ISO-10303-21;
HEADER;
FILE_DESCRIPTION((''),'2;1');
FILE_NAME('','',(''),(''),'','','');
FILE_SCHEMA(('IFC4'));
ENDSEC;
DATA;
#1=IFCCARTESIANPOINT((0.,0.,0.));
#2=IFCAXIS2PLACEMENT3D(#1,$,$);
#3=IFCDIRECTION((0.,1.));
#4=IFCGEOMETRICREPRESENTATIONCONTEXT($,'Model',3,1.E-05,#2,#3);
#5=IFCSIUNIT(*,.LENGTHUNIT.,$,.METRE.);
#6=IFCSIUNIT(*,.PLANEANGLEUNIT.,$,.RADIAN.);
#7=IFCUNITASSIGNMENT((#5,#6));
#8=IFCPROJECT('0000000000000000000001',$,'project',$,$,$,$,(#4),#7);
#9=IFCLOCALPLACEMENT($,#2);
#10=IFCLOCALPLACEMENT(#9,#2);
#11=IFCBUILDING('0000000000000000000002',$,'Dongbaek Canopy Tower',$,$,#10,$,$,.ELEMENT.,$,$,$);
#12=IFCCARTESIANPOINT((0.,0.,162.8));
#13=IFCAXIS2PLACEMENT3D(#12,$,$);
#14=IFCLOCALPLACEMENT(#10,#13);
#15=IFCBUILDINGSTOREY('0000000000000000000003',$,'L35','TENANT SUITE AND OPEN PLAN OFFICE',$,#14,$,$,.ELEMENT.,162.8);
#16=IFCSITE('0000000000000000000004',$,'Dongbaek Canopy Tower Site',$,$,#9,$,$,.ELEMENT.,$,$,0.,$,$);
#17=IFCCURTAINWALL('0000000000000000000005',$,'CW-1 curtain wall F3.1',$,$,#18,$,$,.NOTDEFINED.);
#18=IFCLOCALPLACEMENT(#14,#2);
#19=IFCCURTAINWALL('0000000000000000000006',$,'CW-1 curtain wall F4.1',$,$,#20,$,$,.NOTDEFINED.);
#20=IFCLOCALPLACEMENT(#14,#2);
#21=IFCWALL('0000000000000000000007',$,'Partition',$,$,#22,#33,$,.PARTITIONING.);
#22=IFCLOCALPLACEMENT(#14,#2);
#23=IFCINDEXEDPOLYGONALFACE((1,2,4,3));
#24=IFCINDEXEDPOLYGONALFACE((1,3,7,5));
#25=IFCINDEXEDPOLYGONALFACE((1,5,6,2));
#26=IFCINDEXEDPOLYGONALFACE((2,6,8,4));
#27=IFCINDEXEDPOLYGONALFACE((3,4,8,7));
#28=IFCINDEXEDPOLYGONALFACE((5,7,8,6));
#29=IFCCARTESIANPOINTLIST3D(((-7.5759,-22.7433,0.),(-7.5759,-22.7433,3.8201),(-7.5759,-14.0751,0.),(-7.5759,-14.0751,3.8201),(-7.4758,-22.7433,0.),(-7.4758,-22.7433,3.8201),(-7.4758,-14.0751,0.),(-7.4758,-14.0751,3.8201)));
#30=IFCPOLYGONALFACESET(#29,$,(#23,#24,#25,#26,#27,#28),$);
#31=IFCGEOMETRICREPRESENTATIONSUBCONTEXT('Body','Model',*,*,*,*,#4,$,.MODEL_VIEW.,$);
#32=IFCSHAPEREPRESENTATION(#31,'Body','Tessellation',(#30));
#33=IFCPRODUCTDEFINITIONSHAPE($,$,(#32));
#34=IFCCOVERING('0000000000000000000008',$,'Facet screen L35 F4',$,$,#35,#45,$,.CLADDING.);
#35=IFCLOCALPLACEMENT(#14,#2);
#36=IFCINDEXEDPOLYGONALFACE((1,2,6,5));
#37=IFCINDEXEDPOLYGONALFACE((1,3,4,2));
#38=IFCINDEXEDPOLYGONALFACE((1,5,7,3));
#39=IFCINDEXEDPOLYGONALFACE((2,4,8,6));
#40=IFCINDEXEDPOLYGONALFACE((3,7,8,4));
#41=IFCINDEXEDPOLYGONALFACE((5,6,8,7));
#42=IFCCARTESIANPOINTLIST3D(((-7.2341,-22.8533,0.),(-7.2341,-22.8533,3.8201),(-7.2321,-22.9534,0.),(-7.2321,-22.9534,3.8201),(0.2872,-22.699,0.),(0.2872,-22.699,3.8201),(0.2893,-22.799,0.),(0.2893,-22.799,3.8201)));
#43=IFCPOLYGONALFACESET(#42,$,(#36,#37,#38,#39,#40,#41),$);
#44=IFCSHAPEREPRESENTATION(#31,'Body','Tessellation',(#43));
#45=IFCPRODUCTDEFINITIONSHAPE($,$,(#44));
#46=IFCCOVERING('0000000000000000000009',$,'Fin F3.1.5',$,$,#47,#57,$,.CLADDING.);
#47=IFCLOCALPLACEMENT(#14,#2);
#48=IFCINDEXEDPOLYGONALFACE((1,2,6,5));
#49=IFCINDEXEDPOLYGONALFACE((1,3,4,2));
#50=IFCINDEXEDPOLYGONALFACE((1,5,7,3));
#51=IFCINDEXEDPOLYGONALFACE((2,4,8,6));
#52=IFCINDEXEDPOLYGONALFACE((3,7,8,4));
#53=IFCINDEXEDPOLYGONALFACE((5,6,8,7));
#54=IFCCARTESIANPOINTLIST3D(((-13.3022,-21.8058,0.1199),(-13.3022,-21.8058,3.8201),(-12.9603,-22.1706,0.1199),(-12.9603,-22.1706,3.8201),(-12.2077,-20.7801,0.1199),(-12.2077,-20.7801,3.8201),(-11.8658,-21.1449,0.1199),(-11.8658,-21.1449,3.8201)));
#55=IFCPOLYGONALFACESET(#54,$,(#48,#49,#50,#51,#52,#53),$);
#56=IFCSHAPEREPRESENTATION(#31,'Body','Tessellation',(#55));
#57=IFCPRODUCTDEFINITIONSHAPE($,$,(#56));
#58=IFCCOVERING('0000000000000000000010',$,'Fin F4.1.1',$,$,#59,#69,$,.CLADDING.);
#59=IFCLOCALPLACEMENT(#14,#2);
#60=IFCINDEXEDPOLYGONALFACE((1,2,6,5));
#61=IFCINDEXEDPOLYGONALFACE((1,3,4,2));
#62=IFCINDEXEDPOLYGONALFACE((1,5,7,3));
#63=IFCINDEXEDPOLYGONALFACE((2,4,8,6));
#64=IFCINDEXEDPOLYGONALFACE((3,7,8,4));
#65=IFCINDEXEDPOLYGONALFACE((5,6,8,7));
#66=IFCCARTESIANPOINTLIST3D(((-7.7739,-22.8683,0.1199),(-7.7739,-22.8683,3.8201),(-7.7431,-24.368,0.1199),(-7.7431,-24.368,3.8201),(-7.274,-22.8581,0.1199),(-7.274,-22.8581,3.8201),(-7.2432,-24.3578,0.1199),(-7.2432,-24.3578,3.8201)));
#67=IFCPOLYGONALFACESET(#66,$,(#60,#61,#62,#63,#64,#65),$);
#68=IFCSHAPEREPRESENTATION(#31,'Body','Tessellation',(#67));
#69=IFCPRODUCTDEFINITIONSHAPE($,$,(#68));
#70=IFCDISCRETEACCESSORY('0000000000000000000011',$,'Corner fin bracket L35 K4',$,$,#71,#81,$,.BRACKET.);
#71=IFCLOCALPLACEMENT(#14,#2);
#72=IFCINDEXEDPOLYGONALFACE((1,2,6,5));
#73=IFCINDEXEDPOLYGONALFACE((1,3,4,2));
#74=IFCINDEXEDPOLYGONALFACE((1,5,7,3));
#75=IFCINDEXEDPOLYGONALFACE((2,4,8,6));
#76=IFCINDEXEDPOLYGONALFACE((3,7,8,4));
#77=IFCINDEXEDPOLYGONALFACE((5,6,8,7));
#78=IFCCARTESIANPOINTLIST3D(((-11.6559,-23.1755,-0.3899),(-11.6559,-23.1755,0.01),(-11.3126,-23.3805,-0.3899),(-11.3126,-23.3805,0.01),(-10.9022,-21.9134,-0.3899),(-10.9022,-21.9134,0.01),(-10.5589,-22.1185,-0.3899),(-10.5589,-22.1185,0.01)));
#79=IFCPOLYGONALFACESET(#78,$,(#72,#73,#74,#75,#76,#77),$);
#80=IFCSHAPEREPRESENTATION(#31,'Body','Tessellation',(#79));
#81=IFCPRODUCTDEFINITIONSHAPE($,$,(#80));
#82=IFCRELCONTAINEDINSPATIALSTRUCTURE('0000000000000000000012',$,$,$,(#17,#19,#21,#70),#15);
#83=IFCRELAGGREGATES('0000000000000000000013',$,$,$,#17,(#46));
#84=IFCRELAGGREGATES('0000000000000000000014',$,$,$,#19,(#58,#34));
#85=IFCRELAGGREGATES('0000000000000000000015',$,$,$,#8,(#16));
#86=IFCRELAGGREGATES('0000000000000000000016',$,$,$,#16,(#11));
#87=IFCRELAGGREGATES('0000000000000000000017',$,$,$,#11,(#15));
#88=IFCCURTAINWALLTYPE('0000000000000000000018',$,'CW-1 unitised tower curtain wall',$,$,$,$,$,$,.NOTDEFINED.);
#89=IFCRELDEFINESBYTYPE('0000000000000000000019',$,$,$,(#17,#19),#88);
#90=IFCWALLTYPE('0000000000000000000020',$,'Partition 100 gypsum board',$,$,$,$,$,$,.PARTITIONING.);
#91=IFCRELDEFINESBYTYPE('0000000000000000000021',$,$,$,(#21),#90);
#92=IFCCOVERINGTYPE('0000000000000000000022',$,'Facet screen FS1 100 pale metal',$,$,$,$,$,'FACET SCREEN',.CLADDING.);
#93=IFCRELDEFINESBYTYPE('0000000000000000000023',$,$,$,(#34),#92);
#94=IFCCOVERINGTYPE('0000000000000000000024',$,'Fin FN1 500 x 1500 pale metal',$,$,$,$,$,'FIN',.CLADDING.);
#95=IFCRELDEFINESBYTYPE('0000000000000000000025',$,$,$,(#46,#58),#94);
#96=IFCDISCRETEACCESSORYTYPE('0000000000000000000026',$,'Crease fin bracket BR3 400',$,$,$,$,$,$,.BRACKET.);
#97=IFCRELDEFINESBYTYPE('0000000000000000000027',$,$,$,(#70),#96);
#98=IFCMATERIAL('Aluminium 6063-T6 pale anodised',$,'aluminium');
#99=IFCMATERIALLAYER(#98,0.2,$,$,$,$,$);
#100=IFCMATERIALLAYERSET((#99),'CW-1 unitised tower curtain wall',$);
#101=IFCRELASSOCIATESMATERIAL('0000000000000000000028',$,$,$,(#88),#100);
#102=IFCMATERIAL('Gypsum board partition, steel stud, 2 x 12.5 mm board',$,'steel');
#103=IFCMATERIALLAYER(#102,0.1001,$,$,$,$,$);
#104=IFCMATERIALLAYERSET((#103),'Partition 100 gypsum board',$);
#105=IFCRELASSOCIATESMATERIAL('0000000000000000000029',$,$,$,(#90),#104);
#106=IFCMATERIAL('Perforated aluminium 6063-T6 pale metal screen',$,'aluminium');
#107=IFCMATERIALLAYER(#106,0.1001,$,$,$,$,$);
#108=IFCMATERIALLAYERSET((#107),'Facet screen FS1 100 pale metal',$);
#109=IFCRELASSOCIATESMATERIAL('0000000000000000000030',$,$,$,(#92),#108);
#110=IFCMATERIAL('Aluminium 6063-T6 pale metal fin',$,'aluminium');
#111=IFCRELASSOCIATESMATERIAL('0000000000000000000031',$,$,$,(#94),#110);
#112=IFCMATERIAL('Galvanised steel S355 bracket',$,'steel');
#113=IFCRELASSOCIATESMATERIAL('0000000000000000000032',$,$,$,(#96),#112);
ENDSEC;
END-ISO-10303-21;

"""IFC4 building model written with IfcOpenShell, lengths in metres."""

from ifc_helpers import new_model, si_unit, direction, frame, frame_2d, origin, origin_2d, place, context, subcontext, project, spatial, rectangle, extrude, material, layer, layer_set, material_profile, profile_set, type_object, element, aggregate, save


model = new_model("IFC4")

# Units and contexts
model_context = context("Model", 3, precision=1e-05, world=origin(), true_north=direction((0.0, 1.0)))
body_context = subcontext(model_context, "Body", "Model", "MODEL_VIEW")
ifc_project = project(units=[si_unit("LENGTHUNIT", "METRE"), si_unit("PLANEANGLEUNIT", "RADIAN")], contexts=[model_context])

# Site, building, storey
site_placement = place(None, origin())
site = spatial("IfcSite", under=ifc_project, at=site_placement, Name="Dongbaek Canopy Tower Site", CompositionType="ELEMENT", RefElevation=0.0)
building_placement = place(site_placement, origin())
building = spatial("IfcBuilding", under=site, at=building_placement, Name="Dongbaek Canopy Tower", CompositionType="ELEMENT")
storey_placement = place(building_placement, frame((0.0, 0.0, 162.8)))
storey = spatial("IfcBuildingStorey", under=building, at=storey_placement, Name="L35", Description="TENANT SUITE AND OPEN PLAN OFFICE", CompositionType="ELEMENT", Elevation=162.8)

# Curtain wall
ifc_material_1 = material(Name="Aluminium 6063-T6 pale anodised", Category="aluminium")
ifc_layer_1 = layer(ifc_material_1, 0.2)
ifc_layer_set_1 = layer_set([ifc_layer_1], Name="CW-1 unitised tower curtain wall")
curtain_wall_type = type_object("IfcCurtainWallType", Name="CW-1 unitised tower curtain wall", PredefinedType="NOTDEFINED", material=ifc_layer_set_1)
curtain_wall_1_placement = place(storey_placement, origin())
curtain_wall_1 = element("IfcCurtainWall", 1, at=curtain_wall_1_placement, inside=storey, type_object=curtain_wall_type, Name="CW-1 curtain wall F3.1", PredefinedType="NOTDEFINED")

# Curtain wall
curtain_wall_2_placement = place(storey_placement, origin())
curtain_wall_2 = element("IfcCurtainWall", 2, at=curtain_wall_2_placement, inside=storey, type_object=curtain_wall_type, Name="CW-1 curtain wall F4.1", PredefinedType="NOTDEFINED")

# Wall
ifc_material_2 = material(Name="Gypsum board partition, steel stud, 2 x 12.5 mm board", Category="steel")
ifc_layer_2 = layer(ifc_material_2, 0.1001)
ifc_layer_set_2 = layer_set([ifc_layer_2], Name="Partition 100 gypsum board")
wall_type = type_object("IfcWallType", Name="Partition 100 gypsum board", PredefinedType="PARTITIONING", material=ifc_layer_set_2)
wall_placement = place(storey_placement, frame((-7.5259, -22.7432, 0.0), z_axis=(0.0, 0.0, 1.0), x_axis=(0.0, 1.0, 0.0)))
element("IfcWall", 3, at=wall_placement, inside=storey, type_object=wall_type, Name="Partition", PredefinedType="PARTITIONING", context=body_context, shape_type="SweptSolid", body=[
    extrude(rectangle(XDim=8.6682, YDim=0.1001, at=frame_2d((4.334, 0.0))), origin(), (0.0, 0.0, 1.0), 3.8201),
])

# Coverings
ifc_material_3 = material(Name="Perforated aluminium 6063-T6 pale metal screen", Category="aluminium")
ifc_layer_3 = layer(ifc_material_3, 0.1001)
ifc_layer_set_3 = layer_set([ifc_layer_3], Name="Facet screen FS1 100 pale metal")
covering_type_1 = type_object("IfcCoveringType", Name="Facet screen FS1 100 pale metal", ElementType="FACET SCREEN", PredefinedType="CLADDING", material=ifc_layer_set_3)
covering_1_placement = place(storey_placement, frame((-3.4724, -22.8262, 0.0), z_axis=(0.0, 0.0, 1.0), x_axis=(0.99979, 0.020515, 0.0)))
covering_1 = element("IfcCovering", 4, at=covering_1_placement, type_object=covering_type_1, Name="Facet screen L35 F4", PredefinedType="CLADDING", context=body_context, shape_type="SweptSolid", body=[
    extrude(rectangle(XDim=7.5229, YDim=0.1001, at=origin_2d()), origin(), (0.0, 0.0, 1.0), 3.8201),
])
ifc_material_4 = material(Name="Aluminium 6063-T6 pale metal fin", Category="aluminium")
ifc_material_profile_1 = material_profile(ifc_material_4, rectangle(XDim=1.5, YDim=0.5, at=origin_2d()), Name="Fin FN1 500 x 1500 pale metal")
ifc_profile_set_1 = profile_set([ifc_material_profile_1], Name="Aluminium 6063-T6 pale metal fin")
covering_type_2 = type_object("IfcCoveringType", Name="Fin FN1 500 x 1500 pale metal", ElementType="FIN", PredefinedType="CLADDING", material=ifc_profile_set_1)
covering_2_placement = place(storey_placement, frame((-12.584, -21.4753, 0.1199), z_axis=(0.0, 0.0, 1.0), x_axis=(-0.729649, -0.683822, 0.0)))
covering_2 = element("IfcCovering", 5, at=covering_2_placement, type_object=covering_type_2, Name="Fin F3.1.5", PredefinedType="CLADDING", context=body_context, shape_type="SweptSolid", body=[
    extrude(rectangle(XDim=1.5, YDim=0.5, at=origin_2d()), origin(), (0.0, 0.0, 1.0), 3.7002),
])
aggregate(curtain_wall_1, [covering_2])
covering_3_placement = place(storey_placement, frame((-7.5085, -23.613, 0.1199), z_axis=(0.0, 0.0, 1.0), x_axis=(0.020515, -0.99979, 0.0)))
covering_3 = element("IfcCovering", 6, at=covering_3_placement, type_object=covering_type_2, Name="Fin F4.1.1", PredefinedType="CLADDING", context=body_context, shape_type="SweptSolid", body=[
    extrude(rectangle(XDim=1.5, YDim=0.5, at=origin_2d()), origin(), (0.0, 0.0, 1.0), 3.7002),
])
aggregate(curtain_wall_2, [covering_3, covering_1])

# Discrete accessory
ifc_material_5 = material(Name="Galvanised steel S355 bracket", Category="steel")
discrete_accessory_type = type_object("IfcDiscreteAccessoryType", Name="Crease fin bracket BR3 400", PredefinedType="BRACKET", material=ifc_material_5)
discrete_accessory_placement = place(storey_placement, frame((-11.1074, -22.647, -0.3899), z_axis=(0.0, 0.0, 1.0), x_axis=(-0.512734, -0.858548, 0.0)))
element("IfcDiscreteAccessory", 7, at=discrete_accessory_placement, inside=storey, type_object=discrete_accessory_type, Name="Corner fin bracket L35 K4", PredefinedType="BRACKET", context=body_context, shape_type="SweptSolid", body=[
    extrude(rectangle(XDim=1.47, YDim=0.3999, at=origin_2d()), origin(), (0.0, 0.0, 1.0), 0.3999),
])

save(model, "model.ifc")
